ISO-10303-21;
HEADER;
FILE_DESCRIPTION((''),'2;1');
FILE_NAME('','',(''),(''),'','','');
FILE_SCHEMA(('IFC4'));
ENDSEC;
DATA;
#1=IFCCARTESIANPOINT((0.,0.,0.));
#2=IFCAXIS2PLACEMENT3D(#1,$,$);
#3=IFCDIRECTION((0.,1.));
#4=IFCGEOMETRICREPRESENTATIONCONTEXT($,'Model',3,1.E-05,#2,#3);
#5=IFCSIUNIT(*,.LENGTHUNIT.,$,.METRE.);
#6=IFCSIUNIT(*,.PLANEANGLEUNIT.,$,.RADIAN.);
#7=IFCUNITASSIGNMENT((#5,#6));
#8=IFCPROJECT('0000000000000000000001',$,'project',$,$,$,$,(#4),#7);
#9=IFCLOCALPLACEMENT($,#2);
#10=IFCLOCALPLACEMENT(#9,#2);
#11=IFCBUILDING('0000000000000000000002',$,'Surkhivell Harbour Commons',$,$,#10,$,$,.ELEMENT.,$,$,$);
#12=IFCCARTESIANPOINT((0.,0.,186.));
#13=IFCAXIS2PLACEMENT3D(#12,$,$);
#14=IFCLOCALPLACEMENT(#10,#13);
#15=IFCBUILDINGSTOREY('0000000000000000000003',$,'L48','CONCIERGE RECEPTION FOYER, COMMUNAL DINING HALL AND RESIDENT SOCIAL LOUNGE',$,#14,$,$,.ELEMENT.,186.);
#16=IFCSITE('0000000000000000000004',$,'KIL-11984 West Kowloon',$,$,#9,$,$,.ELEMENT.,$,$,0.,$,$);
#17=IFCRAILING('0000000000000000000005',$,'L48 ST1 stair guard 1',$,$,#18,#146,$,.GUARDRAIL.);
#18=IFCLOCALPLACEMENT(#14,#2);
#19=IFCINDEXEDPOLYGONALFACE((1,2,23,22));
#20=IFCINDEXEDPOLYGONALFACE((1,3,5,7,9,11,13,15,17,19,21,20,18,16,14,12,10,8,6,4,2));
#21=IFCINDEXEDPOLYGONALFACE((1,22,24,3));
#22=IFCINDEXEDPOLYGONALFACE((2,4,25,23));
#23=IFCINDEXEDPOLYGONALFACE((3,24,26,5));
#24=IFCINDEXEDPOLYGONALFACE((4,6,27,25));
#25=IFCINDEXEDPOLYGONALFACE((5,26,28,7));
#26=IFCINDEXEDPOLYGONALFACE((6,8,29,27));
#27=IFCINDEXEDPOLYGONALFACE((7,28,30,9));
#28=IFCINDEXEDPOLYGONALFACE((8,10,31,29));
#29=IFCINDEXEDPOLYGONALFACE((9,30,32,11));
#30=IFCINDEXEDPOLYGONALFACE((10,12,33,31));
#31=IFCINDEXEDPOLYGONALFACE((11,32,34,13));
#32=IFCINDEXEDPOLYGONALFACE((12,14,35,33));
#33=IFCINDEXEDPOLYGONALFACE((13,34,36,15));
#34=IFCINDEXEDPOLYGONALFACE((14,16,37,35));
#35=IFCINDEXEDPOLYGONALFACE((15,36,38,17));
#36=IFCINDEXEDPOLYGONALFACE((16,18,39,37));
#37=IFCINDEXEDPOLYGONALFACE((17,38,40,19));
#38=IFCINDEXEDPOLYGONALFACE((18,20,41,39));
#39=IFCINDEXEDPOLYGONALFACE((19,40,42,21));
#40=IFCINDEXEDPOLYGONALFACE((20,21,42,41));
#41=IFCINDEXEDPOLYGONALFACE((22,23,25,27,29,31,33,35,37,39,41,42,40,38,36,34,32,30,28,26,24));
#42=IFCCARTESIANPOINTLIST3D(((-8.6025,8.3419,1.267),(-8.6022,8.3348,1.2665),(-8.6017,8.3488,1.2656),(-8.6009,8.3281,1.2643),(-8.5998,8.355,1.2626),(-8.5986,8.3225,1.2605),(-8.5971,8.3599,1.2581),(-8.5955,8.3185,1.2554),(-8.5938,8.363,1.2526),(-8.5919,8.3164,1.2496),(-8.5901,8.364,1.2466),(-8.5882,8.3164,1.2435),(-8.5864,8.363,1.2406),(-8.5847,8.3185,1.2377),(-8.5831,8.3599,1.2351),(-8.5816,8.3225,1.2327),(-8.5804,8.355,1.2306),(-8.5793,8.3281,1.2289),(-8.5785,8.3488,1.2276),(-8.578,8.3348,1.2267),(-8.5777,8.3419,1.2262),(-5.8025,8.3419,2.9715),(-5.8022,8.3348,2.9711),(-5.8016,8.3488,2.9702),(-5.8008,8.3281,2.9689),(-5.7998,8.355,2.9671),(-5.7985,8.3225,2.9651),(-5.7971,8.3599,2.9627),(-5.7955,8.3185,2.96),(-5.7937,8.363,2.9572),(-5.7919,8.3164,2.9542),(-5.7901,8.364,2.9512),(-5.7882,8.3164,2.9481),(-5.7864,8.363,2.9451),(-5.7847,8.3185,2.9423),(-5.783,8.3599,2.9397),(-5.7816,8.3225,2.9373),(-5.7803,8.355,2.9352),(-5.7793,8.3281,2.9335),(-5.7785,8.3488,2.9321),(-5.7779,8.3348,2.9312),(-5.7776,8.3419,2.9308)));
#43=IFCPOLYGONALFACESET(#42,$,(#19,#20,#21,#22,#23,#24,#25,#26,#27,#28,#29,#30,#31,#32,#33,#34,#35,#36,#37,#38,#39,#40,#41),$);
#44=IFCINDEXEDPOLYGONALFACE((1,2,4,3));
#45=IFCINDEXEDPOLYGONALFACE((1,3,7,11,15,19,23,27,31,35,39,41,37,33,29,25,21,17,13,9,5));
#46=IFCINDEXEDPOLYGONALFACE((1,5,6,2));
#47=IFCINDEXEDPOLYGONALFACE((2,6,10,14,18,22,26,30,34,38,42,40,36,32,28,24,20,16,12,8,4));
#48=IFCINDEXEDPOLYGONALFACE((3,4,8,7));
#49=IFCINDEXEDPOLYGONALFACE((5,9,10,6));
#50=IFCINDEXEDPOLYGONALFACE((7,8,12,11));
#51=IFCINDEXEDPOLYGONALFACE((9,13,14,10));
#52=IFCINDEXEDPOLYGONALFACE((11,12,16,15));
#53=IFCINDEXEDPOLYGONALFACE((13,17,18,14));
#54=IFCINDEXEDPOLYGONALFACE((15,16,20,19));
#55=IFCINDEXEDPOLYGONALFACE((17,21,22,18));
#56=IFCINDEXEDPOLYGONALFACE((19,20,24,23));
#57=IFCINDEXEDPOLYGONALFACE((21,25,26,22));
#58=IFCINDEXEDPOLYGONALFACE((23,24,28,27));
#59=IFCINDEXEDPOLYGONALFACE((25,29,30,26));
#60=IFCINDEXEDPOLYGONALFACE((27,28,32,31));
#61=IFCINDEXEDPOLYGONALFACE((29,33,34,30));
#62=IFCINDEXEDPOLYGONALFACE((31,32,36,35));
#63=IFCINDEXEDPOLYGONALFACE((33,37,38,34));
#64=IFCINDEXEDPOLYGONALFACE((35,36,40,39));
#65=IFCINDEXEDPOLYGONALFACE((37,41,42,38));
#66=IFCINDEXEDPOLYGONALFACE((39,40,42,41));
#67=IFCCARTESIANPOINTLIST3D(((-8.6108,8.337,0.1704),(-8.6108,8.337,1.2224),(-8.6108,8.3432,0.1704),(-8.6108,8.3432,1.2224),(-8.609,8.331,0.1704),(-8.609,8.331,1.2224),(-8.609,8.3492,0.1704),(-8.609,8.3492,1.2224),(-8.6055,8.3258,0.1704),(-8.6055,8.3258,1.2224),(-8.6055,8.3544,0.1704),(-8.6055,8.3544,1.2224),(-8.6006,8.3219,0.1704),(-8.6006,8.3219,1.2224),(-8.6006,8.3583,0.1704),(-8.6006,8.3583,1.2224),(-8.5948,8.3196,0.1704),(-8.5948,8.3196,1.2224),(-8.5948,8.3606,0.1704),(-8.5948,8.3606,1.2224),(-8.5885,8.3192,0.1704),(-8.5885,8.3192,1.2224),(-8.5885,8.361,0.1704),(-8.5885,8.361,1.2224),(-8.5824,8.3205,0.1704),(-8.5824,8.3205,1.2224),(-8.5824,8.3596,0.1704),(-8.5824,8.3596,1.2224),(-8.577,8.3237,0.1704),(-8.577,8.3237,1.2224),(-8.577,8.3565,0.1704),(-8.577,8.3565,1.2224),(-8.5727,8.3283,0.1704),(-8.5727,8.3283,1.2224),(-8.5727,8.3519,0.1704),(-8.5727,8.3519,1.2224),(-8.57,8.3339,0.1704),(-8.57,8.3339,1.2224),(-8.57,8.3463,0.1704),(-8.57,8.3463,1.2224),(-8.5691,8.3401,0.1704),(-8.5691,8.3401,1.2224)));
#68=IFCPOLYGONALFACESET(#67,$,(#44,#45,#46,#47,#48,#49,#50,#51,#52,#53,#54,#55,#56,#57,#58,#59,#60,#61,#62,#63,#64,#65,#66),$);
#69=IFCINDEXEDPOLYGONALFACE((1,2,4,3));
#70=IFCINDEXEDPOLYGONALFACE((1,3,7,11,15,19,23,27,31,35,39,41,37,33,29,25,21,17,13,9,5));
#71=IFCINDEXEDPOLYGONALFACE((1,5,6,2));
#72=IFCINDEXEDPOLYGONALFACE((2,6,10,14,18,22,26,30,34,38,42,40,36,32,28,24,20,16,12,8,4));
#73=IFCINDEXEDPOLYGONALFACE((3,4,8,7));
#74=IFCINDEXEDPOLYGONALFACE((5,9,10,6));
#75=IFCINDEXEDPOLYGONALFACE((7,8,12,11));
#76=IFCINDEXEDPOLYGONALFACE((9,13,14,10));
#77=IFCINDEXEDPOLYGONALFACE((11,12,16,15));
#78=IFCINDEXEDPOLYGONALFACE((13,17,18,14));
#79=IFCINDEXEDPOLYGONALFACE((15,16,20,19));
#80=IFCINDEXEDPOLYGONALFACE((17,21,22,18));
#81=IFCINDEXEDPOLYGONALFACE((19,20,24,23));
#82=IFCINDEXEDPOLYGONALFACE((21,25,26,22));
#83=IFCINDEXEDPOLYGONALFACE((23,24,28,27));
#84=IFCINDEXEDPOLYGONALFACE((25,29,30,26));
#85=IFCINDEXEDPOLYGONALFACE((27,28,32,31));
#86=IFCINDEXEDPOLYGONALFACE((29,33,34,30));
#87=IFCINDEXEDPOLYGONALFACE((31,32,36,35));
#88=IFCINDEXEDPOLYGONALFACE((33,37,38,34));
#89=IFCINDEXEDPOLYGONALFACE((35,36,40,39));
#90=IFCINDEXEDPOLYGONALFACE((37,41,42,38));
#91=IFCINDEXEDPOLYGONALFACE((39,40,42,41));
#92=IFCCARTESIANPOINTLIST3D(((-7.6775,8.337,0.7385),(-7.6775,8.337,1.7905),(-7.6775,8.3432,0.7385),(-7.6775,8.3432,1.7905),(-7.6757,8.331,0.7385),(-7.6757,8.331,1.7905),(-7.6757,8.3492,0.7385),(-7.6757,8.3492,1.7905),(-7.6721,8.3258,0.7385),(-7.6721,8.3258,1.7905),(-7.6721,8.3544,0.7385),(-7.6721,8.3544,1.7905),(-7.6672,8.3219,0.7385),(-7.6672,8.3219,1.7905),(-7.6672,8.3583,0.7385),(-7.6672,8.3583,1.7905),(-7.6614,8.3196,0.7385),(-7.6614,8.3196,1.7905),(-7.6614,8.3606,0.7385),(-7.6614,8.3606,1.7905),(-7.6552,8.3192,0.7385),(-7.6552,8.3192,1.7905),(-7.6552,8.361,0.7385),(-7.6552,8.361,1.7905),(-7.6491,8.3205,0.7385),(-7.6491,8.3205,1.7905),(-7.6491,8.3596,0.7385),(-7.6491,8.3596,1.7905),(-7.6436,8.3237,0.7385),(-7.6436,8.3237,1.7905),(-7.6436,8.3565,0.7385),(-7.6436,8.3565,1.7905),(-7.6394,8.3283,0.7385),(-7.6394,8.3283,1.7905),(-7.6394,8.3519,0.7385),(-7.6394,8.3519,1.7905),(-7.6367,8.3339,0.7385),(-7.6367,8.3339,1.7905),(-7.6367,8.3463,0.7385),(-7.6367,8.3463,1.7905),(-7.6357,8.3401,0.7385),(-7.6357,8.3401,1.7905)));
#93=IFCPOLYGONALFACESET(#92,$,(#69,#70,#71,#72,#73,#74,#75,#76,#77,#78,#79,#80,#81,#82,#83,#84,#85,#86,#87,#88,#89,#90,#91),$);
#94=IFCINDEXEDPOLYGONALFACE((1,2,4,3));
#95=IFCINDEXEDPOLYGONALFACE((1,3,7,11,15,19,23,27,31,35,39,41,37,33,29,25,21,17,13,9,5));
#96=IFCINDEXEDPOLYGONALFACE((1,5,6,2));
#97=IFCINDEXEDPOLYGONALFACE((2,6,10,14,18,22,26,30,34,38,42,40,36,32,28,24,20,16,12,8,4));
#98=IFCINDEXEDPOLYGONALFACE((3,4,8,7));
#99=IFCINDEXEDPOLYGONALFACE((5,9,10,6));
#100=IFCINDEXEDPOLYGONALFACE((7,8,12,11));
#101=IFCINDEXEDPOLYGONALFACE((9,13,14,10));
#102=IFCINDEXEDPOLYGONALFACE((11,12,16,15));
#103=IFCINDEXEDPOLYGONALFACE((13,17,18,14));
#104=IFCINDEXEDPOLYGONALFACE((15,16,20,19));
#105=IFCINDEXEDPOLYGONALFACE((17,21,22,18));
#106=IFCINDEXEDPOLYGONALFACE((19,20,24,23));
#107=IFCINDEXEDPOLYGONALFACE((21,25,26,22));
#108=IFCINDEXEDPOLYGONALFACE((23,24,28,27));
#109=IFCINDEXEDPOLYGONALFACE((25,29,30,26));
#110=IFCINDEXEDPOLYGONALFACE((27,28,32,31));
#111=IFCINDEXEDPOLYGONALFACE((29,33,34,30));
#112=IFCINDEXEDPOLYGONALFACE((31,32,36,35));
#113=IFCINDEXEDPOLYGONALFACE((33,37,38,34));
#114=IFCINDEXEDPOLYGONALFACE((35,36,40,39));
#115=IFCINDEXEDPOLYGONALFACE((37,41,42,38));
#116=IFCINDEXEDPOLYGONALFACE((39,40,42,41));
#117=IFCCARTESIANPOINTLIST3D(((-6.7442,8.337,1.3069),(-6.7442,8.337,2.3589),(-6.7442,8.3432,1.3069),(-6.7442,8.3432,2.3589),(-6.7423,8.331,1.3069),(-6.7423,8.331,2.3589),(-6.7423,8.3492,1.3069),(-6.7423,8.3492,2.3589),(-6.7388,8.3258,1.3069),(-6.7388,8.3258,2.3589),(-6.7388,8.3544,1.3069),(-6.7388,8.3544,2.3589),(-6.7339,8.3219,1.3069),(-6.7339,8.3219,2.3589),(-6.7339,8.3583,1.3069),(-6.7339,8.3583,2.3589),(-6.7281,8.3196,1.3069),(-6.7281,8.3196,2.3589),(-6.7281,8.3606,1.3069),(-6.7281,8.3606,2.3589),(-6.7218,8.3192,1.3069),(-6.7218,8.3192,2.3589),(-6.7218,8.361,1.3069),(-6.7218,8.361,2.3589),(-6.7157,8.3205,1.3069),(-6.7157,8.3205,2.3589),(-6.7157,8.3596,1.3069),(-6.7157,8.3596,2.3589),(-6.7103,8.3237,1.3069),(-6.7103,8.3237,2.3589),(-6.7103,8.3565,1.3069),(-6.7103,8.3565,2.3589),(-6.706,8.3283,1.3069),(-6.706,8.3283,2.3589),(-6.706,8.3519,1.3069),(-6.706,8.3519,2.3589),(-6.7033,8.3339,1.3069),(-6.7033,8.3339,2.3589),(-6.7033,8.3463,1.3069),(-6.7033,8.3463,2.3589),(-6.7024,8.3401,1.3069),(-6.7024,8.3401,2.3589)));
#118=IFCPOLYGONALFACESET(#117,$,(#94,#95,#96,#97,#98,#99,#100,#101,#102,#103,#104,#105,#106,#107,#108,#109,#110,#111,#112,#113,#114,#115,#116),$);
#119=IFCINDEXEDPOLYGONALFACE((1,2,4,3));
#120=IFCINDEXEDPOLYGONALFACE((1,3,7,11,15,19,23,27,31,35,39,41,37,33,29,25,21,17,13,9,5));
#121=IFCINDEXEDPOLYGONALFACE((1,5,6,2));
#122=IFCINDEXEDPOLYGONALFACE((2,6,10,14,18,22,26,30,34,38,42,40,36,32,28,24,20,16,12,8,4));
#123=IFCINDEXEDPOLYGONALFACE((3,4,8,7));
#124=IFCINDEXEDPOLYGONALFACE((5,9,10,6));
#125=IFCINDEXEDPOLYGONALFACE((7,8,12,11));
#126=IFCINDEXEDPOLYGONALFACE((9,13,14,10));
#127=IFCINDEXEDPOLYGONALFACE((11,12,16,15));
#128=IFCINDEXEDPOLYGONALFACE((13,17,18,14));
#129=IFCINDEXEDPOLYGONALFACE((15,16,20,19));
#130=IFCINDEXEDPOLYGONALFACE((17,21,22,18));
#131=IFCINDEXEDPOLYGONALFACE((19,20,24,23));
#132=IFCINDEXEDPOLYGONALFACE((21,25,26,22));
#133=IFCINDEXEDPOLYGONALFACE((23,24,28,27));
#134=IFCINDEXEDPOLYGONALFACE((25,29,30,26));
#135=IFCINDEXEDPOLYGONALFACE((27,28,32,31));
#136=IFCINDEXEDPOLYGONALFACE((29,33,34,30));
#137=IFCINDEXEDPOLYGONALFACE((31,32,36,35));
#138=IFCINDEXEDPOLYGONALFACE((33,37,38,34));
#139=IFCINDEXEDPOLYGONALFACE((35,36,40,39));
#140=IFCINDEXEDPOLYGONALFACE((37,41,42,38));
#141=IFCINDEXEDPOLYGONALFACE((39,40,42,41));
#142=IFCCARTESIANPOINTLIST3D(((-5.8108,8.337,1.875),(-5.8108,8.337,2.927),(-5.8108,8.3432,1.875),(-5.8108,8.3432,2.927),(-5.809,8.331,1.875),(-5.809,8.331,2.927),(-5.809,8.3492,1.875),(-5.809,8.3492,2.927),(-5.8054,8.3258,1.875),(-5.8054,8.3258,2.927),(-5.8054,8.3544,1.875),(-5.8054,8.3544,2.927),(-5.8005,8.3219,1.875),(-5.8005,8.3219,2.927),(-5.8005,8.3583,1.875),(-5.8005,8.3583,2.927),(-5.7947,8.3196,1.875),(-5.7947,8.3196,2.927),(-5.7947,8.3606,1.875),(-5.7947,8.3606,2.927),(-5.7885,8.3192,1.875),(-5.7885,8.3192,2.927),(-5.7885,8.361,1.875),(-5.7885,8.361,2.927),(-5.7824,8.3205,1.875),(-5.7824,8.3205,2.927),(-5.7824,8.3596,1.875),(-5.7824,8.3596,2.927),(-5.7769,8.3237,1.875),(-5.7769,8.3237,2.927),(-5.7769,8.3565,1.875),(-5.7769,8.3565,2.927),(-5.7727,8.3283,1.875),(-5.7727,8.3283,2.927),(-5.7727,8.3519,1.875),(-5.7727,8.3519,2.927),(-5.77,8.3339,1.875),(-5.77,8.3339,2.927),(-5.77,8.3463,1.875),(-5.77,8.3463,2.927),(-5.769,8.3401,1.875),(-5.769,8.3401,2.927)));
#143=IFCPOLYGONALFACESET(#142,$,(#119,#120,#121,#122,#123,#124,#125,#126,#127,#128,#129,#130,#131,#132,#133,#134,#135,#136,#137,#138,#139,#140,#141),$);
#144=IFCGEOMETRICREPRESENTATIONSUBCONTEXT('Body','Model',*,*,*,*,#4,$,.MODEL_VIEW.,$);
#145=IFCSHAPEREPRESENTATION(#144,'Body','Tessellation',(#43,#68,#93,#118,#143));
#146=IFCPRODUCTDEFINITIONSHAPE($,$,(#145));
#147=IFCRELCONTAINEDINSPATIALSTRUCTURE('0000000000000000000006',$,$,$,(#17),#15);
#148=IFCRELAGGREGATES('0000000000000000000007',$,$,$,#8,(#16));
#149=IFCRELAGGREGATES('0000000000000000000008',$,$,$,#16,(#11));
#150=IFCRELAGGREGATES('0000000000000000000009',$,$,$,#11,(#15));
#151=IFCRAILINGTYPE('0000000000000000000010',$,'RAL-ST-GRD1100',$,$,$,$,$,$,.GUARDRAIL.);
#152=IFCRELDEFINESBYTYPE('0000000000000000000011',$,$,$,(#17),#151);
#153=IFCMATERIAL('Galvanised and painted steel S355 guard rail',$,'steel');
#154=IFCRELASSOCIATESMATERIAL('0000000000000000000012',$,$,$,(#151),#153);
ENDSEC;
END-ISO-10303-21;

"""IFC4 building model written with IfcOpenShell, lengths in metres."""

from ifc_helpers import new_model, si_unit, direction, frame, origin, origin_2d, place, context, subcontext, project, spatial, circle, extrude, material, type_object, element, save


model = new_model("IFC4")

# Units and contexts
model_context = context("Model", 3, precision=1e-05, world=origin(), true_north=direction((0.0, 1.0)))
body_context = subcontext(model_context, "Body", "Model", "MODEL_VIEW")
ifc_project = project(units=[si_unit("LENGTHUNIT", "METRE"), si_unit("PLANEANGLEUNIT", "RADIAN")], contexts=[model_context])

# Site, building, storey
site_placement = place(None, origin())
site = spatial("IfcSite", under=ifc_project, at=site_placement, Name="KIL-11984 West Kowloon", CompositionType="ELEMENT", RefElevation=0.0)
building_placement = place(site_placement, origin())
building = spatial("IfcBuilding", under=site, at=building_placement, Name="Surkhivell Harbour Commons", CompositionType="ELEMENT")
storey_placement = place(building_placement, frame((0.0, 0.0, 186.0)))
storey = spatial("IfcBuildingStorey", under=building, at=storey_placement, Name="L48", Description="CONCIERGE RECEPTION FOYER, COMMUNAL DINING HALL AND RESIDENT SOCIAL LOUNGE", CompositionType="ELEMENT", Elevation=186.0)

# Railing
ifc_material_1 = material(Name="Galvanised and painted steel S355 guard rail", Category="steel")
railing_type_1 = type_object("IfcRailingType", Name="RAL-ST-GRD1100", PredefinedType="GUARDRAIL", material=ifc_material_1)
railing_1_placement = place(storey_placement, frame((-8.5901, 8.3401, 0.1704)))
element("IfcRailing", 1, at=railing_1_placement, inside=storey, type_object=railing_type_1, Name="L48 ST1 stair guard 1", PredefinedType="GUARDRAIL", context=body_context, shape_type="SweptSolid", body=[
    extrude(circle(Radius=0.0239, at=origin_2d()), frame((0.0, 0.0, 1.0762), z_axis=(0.85417, 0.0, 0.519994), x_axis=(0.0, 1.0, 0.0)), (0.0, 0.0, 1.0), 3.2781),
    extrude(circle(Radius=0.021, at=origin_2d()), origin(), (0.0, 0.0, 1.0), 1.052),
    extrude(circle(Radius=0.021, at=origin_2d()), frame((0.9333, 0.0, 0.5681)), (0.0, 0.0, 1.0), 1.052),
    extrude(circle(Radius=0.021, at=origin_2d()), frame((1.8667, 0.0, 1.1365)), (0.0, 0.0, 1.0), 1.052),
    extrude(circle(Radius=0.021, at=origin_2d()), frame((2.8, 0.0, 1.7046)), (0.0, 0.0, 1.0), 1.052),
])

save(model, "model.ifc")
